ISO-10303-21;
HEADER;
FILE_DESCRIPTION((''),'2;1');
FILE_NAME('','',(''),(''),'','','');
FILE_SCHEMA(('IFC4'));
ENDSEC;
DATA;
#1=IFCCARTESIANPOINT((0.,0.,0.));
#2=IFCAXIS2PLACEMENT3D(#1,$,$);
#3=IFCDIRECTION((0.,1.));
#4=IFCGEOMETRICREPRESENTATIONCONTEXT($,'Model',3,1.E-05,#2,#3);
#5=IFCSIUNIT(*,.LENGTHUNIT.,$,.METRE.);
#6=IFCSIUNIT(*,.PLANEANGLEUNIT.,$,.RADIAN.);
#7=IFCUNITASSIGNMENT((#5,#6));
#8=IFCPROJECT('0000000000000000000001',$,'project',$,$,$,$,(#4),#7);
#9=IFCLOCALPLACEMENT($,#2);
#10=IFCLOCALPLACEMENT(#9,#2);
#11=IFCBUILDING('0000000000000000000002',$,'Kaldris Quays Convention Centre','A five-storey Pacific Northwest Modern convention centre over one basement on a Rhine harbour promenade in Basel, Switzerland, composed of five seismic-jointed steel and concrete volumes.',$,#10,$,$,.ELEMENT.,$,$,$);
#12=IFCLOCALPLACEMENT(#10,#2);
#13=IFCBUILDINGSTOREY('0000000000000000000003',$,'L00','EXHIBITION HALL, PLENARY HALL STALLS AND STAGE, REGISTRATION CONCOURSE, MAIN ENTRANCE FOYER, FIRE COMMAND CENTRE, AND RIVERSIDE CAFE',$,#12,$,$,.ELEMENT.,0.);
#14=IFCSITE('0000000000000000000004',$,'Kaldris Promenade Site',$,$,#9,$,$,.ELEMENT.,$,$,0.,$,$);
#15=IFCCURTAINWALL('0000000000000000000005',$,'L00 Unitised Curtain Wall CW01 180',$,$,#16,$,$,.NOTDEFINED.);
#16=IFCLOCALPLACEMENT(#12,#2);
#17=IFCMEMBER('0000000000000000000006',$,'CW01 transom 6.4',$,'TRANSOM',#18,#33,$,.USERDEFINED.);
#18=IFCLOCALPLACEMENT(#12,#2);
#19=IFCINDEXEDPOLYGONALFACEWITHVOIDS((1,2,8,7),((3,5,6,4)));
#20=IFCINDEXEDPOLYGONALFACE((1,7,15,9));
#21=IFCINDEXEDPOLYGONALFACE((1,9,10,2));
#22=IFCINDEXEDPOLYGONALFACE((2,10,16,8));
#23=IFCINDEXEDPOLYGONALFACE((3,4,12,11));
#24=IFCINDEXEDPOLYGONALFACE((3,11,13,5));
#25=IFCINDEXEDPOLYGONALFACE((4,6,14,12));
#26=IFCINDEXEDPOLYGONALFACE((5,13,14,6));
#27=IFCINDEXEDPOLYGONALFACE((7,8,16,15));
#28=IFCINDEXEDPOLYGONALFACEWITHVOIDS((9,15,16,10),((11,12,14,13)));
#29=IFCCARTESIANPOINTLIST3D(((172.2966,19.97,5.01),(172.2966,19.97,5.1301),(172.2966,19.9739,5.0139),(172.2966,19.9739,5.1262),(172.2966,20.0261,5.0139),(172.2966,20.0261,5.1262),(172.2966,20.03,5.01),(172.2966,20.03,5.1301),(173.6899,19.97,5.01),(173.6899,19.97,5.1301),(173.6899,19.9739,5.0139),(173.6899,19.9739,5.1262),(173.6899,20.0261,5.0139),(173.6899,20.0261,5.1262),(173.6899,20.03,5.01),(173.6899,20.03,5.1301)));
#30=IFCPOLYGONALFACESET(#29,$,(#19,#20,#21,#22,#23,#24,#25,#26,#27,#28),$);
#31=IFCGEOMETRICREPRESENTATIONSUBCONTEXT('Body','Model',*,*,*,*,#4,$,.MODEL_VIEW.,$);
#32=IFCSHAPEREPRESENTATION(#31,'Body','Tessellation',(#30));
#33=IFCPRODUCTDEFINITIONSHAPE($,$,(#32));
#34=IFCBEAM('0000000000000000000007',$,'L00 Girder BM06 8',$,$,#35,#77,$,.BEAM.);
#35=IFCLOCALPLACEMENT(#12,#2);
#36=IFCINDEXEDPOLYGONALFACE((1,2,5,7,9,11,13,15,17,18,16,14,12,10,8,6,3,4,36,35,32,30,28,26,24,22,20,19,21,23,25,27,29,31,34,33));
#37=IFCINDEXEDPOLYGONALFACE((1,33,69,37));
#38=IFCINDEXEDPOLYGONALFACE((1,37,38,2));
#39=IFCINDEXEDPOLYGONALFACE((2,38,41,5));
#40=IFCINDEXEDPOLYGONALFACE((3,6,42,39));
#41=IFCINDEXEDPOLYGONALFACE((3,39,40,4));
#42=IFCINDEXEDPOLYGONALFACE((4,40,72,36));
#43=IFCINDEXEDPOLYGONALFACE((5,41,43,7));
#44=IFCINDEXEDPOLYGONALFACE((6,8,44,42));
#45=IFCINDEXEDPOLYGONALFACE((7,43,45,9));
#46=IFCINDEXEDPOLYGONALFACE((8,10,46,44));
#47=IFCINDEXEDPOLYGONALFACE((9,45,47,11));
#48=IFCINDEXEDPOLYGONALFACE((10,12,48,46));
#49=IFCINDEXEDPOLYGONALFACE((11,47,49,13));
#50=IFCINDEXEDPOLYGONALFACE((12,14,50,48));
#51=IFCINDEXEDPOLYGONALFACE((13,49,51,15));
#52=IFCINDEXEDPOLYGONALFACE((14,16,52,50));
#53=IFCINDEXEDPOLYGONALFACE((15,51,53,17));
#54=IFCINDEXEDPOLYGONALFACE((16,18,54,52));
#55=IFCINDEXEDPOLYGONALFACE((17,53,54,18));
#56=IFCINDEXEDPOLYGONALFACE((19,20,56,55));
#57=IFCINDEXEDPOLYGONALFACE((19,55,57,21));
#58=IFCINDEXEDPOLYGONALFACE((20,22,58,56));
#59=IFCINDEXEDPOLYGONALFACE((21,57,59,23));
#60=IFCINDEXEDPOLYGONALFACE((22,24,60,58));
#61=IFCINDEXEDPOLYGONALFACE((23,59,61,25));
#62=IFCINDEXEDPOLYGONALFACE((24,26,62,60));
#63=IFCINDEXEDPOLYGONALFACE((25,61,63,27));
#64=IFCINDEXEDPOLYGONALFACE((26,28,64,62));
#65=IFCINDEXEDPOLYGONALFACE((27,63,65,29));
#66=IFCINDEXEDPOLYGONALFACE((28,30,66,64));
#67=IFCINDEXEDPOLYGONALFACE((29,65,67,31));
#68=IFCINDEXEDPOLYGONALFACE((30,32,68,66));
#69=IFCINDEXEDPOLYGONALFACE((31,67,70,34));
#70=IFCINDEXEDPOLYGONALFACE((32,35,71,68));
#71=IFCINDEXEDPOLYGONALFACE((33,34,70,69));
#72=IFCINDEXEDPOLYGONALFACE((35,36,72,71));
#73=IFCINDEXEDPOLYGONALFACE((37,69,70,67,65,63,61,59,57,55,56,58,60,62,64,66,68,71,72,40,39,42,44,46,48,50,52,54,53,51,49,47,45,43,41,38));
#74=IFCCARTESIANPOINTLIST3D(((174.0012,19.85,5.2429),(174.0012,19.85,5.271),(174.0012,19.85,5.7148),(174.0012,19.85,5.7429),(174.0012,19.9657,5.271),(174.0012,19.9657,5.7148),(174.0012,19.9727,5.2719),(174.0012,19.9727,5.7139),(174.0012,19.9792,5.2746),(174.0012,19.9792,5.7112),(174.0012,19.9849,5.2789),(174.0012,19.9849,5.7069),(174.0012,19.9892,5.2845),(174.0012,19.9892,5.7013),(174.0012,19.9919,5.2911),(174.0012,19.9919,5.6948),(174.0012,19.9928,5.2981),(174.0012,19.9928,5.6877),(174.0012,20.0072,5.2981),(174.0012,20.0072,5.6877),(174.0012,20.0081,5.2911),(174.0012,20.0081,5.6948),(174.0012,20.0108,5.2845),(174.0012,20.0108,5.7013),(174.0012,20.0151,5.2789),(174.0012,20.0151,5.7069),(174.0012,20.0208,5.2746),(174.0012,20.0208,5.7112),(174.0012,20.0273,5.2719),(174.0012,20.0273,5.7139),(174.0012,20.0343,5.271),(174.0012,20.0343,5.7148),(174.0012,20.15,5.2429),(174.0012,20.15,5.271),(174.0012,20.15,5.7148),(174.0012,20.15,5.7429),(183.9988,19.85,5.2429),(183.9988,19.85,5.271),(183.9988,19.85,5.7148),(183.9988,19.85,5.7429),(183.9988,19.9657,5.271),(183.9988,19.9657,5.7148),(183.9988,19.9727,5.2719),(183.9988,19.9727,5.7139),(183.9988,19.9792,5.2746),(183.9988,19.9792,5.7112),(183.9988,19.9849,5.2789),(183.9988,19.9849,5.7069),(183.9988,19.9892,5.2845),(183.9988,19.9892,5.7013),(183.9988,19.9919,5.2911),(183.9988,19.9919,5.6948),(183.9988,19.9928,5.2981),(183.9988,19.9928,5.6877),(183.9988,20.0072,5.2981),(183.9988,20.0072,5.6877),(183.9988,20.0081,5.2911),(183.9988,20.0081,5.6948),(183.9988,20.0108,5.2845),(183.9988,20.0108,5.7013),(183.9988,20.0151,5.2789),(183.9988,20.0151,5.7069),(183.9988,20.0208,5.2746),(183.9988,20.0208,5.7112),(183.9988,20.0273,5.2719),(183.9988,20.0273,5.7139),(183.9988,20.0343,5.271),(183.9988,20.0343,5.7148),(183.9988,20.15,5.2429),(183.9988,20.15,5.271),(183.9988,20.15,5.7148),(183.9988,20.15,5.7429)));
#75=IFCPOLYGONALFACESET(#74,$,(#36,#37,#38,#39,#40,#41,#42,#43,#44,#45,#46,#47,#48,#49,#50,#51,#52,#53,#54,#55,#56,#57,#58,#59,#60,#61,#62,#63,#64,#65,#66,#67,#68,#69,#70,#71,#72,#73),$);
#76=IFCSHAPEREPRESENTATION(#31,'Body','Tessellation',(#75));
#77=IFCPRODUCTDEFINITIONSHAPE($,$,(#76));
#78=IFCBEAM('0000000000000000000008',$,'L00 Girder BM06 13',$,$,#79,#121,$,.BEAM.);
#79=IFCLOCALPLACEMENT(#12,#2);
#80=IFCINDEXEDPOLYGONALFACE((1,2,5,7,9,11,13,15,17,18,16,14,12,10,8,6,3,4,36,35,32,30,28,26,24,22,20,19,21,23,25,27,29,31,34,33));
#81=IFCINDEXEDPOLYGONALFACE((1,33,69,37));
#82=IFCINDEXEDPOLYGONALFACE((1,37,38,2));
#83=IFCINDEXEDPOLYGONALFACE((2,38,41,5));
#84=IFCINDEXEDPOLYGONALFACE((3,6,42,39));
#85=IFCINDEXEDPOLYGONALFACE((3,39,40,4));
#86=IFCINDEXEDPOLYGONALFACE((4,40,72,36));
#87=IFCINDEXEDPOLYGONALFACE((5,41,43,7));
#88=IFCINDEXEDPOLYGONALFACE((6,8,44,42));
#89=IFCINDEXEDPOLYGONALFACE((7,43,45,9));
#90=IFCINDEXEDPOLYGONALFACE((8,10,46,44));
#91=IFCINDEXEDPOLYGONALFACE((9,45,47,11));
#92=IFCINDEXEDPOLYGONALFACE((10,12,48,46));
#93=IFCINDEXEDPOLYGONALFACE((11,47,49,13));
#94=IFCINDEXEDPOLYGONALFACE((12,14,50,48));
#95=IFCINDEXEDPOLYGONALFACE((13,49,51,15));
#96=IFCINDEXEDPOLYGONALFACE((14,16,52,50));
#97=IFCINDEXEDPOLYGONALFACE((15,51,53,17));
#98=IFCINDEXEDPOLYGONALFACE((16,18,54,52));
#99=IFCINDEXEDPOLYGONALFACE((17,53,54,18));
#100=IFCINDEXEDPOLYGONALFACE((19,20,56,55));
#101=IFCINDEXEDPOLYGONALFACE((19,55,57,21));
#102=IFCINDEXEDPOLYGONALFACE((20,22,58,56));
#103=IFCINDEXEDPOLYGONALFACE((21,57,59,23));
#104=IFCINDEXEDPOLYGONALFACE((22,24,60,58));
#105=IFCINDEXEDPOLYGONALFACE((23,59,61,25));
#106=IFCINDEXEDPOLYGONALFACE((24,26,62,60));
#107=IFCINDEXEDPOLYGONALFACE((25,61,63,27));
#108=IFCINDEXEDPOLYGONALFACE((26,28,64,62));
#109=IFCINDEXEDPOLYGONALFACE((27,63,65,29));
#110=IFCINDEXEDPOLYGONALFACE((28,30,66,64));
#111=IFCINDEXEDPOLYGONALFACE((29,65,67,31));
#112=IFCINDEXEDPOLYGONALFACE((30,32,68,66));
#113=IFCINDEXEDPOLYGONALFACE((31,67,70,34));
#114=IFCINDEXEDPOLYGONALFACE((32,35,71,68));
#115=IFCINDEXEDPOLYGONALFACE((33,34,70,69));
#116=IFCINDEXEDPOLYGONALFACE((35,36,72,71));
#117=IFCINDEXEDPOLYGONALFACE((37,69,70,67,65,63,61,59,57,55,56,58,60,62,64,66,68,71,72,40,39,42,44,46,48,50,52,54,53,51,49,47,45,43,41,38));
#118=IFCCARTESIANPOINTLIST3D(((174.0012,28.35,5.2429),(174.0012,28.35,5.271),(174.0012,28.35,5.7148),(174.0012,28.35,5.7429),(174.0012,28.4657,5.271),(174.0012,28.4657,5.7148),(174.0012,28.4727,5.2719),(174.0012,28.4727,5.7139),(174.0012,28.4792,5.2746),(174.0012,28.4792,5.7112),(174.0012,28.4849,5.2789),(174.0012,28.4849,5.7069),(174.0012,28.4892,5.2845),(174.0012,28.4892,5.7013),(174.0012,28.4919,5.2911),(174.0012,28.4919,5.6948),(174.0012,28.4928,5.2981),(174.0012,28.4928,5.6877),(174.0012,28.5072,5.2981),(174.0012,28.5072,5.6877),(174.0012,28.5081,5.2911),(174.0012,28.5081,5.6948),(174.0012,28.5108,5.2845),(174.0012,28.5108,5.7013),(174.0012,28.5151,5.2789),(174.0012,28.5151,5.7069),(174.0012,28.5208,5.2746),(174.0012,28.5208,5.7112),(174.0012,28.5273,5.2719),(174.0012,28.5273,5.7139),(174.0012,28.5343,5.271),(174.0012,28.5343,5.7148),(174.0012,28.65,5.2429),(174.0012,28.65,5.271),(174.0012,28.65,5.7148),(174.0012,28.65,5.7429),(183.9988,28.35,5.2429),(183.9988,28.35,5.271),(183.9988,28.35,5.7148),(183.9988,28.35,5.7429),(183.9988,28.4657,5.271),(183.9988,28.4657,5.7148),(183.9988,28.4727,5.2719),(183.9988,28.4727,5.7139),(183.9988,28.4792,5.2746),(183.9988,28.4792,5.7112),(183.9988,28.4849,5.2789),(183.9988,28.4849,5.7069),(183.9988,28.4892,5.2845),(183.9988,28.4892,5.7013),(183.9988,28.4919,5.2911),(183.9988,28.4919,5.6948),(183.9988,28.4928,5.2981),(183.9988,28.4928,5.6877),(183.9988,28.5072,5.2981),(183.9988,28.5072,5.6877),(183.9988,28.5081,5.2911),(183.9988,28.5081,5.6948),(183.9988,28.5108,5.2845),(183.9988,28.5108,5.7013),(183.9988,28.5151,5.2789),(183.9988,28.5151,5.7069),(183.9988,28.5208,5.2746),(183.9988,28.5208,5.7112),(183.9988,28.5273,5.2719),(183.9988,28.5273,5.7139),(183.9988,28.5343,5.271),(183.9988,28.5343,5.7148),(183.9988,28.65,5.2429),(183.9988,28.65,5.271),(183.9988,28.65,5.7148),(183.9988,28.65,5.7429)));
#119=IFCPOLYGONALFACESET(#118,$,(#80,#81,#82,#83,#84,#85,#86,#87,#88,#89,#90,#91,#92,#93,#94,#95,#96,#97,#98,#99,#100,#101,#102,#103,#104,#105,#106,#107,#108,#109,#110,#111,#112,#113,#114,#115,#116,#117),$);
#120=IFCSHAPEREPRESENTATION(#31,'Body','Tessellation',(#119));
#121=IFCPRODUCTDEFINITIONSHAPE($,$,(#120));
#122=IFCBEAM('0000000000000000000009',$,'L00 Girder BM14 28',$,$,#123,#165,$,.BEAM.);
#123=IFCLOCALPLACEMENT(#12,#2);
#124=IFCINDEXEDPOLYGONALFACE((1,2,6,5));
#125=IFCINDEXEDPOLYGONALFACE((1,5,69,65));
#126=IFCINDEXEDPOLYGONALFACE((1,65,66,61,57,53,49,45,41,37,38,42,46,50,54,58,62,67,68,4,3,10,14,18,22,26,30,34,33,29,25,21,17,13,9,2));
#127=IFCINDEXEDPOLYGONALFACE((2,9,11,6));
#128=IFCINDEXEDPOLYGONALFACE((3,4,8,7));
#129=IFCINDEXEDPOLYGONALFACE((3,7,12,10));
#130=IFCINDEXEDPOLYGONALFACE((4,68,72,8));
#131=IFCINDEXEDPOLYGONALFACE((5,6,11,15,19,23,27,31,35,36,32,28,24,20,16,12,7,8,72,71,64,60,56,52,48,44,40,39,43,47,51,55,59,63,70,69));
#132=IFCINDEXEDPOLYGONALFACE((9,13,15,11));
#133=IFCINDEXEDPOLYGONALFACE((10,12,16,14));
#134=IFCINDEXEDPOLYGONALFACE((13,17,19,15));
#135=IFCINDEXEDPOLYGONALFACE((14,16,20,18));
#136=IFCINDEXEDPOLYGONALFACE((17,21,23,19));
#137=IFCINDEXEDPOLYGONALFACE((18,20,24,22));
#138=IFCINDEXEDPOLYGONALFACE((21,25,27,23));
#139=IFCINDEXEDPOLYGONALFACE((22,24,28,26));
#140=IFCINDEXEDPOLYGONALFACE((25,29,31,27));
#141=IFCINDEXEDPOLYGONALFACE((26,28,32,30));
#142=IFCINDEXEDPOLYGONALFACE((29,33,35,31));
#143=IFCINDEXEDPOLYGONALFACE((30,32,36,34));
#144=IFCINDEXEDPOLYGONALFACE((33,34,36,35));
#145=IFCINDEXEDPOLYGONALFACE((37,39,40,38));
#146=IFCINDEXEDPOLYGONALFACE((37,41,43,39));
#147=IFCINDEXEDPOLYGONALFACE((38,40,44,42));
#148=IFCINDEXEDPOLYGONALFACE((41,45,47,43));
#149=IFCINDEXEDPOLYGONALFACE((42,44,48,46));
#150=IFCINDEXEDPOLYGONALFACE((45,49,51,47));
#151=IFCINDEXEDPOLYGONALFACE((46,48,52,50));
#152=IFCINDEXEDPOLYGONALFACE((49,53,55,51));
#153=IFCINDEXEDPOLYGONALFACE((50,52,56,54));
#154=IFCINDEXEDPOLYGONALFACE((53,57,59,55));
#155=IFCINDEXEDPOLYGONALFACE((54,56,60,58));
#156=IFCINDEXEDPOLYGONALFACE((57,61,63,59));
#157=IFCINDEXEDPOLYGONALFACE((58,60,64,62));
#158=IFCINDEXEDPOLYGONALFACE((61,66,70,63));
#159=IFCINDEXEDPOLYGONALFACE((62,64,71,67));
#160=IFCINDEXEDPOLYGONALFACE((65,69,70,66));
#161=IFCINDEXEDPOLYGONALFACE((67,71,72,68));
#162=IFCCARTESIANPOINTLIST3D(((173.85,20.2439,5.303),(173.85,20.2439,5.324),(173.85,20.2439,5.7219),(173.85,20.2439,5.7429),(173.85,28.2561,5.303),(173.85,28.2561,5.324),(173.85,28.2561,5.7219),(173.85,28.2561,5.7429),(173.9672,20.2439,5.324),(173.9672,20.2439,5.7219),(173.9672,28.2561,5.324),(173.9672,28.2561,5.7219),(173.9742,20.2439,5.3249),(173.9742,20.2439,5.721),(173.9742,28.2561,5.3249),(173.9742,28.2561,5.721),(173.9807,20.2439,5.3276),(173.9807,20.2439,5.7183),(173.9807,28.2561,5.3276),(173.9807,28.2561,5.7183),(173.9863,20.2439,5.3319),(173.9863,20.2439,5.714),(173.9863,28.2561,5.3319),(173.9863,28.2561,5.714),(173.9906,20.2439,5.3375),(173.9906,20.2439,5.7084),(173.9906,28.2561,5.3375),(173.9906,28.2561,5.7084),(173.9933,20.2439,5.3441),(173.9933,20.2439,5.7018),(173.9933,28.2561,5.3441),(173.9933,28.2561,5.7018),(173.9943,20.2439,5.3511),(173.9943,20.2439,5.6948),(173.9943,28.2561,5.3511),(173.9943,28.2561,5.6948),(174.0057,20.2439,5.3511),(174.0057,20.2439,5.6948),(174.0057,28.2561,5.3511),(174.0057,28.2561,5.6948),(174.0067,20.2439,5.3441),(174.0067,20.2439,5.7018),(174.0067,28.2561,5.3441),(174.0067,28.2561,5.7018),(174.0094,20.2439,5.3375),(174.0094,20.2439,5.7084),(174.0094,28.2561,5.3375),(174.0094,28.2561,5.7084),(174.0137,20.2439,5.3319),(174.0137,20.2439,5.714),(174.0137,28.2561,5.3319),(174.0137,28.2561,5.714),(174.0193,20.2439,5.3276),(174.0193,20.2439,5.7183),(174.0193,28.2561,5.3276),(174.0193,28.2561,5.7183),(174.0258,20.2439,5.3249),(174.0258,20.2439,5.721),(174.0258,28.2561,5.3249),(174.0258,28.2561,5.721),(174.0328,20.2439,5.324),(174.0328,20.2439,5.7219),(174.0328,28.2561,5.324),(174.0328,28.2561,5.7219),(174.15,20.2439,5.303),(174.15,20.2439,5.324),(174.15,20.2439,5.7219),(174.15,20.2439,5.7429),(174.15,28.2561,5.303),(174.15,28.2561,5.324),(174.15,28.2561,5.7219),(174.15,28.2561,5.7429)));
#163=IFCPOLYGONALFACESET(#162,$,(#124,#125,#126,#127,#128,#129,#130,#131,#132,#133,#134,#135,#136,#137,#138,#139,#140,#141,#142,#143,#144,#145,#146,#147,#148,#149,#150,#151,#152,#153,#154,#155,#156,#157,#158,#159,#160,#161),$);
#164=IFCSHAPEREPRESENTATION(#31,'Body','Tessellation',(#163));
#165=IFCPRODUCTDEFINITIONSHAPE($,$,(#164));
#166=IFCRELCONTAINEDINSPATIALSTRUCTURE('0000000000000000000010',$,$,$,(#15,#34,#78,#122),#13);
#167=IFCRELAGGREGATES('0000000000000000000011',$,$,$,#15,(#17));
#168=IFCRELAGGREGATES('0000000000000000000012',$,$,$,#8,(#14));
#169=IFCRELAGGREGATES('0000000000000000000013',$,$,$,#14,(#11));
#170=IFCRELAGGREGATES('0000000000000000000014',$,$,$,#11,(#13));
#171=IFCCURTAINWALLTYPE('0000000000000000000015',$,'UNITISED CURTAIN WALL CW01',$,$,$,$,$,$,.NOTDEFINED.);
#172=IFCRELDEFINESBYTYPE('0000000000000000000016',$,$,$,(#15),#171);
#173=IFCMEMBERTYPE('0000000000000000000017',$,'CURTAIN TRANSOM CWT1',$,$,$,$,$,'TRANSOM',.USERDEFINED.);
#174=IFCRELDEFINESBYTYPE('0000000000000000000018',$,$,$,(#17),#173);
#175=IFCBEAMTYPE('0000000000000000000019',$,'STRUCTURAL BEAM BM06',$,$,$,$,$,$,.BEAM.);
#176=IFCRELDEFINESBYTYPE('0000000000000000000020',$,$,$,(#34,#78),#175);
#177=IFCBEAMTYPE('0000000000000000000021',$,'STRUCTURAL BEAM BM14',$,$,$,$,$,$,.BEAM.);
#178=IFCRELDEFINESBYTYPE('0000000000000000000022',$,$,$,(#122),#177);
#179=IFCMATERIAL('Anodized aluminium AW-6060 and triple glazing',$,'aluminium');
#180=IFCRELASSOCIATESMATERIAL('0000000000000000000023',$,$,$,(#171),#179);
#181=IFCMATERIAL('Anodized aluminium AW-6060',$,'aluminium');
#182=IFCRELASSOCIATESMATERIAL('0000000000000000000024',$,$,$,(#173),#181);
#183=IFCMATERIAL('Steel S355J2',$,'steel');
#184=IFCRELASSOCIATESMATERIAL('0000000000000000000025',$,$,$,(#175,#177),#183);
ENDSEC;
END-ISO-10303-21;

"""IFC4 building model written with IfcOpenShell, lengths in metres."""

from ifc_helpers import new_model, si_unit, direction, frame, origin, origin_2d, place, context, subcontext, project, spatial, hollow_rectangle, i_section, extrude, material, material_profile, profile_set, type_object, element, aggregate, save


model = new_model("IFC4")

# Units and contexts
model_context = context("Model", 3, precision=1e-05, world=origin(), true_north=direction((0.0, 1.0)))
body_context = subcontext(model_context, "Body", "Model", "MODEL_VIEW")
ifc_project = project(units=[si_unit("LENGTHUNIT", "METRE"), si_unit("PLANEANGLEUNIT", "RADIAN")], contexts=[model_context])

# Site, building, storey
site_placement = place(None, origin())
site = spatial("IfcSite", under=ifc_project, at=site_placement, Name="Kaldris Promenade Site", CompositionType="ELEMENT", RefElevation=0.0)
building_placement = place(site_placement, origin())
building = spatial("IfcBuilding", under=site, at=building_placement, Name="Kaldris Quays Convention Centre", Description="A five-storey Pacific Northwest Modern convention centre over one basement on a Rhine harbour promenade in Basel, Switzerland, composed of five seismic-jointed steel and concrete volumes.", CompositionType="ELEMENT")
storey_placement = place(building_placement, origin())
storey = spatial("IfcBuildingStorey", under=building, at=storey_placement, Name="L00", Description="EXHIBITION HALL, PLENARY HALL STALLS AND STAGE, REGISTRATION CONCOURSE, MAIN ENTRANCE FOYER, FIRE COMMAND CENTRE, AND RIVERSIDE CAFE", CompositionType="ELEMENT", Elevation=0.0)

# Shared definitions
ifc_material_1 = material(Name="Steel S355J2", Category="steel")

# Curtain wall, member
ifc_material_2 = material(Name="Anodized aluminium AW-6060 and triple glazing", Category="aluminium")
curtain_wall_type = type_object("IfcCurtainWallType", Name="UNITISED CURTAIN WALL CW01", PredefinedType="NOTDEFINED", material=ifc_material_2)
curtain_wall_placement = place(storey_placement, origin())
curtain_wall = element("IfcCurtainWall", 1, at=curtain_wall_placement, inside=storey, type_object=curtain_wall_type, Name="L00 Unitised Curtain Wall CW01 180", PredefinedType="NOTDEFINED")
ifc_material_3 = material(Name="Anodized aluminium AW-6060", Category="aluminium")
ifc_material_profile_1 = material_profile(ifc_material_3, hollow_rectangle(XDim=0.0601, YDim=0.1201, WallThickness=0.0039, at=origin_2d()), Name="RHS 120x60x4")
ifc_profile_set_1 = profile_set([ifc_material_profile_1], Name="Anodized aluminium AW-6060")
member_type_1 = type_object("IfcMemberType", Name="CURTAIN TRANSOM CWT1", ElementType="TRANSOM", PredefinedType="USERDEFINED", material=ifc_profile_set_1)
member_1_placement = place(storey_placement, frame((172.2966, 20.0, 5.0701), z_axis=(1.0, 0.0, 0.0), x_axis=(0.0, 1.0, 0.0)))
member_1 = element("IfcMember", 2, at=member_1_placement, type_object=member_type_1, Name="CW01 transom 6.4", ObjectType="TRANSOM", PredefinedType="USERDEFINED", context=body_context, shape_type="SweptSolid", body=[
    extrude(hollow_rectangle(XDim=0.0601, YDim=0.1201, WallThickness=0.0039, at=origin_2d()), origin(), (0.0, 0.0, 1.0), 1.3933),
])

# Beams
ifc_material_profile_2 = material_profile(ifc_material_1, i_section(OverallWidth=0.3, OverallDepth=0.5, WebThickness=0.0144, FlangeThickness=0.0281, FilletRadius=0.0271, at=origin_2d()), Name="HEB 500")
ifc_profile_set_2 = profile_set([ifc_material_profile_2], Name="Steel S355J2")
beam_type_1 = type_object("IfcBeamType", Name="STRUCTURAL BEAM BM06", PredefinedType="BEAM", material=ifc_profile_set_2)
for number, where, z_axis, x_axis, name in (
    (3, (174.0012, 20.0, 5.4929), (1.0, 0.0, 0.0), (0.0, 1.0, 0.0), "L00 Girder BM06 8"),
    (4, (174.0012, 28.5, 5.4929), (1.0, 0.0, 0.0), (0.0, 1.0, 0.0), "L00 Girder BM06 13"),
):
    element("IfcBeam", number, at=place(storey_placement, frame(where, z_axis=z_axis, x_axis=x_axis)), inside=storey, type_object=beam_type_1, Name=name, PredefinedType="BEAM", context=body_context, shape_type="SweptSolid", body=[
        extrude(i_section(OverallWidth=0.3, OverallDepth=0.5, WebThickness=0.0144, FlangeThickness=0.0281, FilletRadius=0.0271, at=origin_2d()), origin(), (0.0, 0.0, 1.0), 9.9976),
    ])
ifc_material_profile_3 = material_profile(ifc_material_1, i_section(OverallWidth=0.3, OverallDepth=0.4399, WebThickness=0.0115, FlangeThickness=0.021, FilletRadius=0.0271, at=origin_2d()), Name="HEA 450")
ifc_profile_set_3 = profile_set([ifc_material_profile_3], Name="Steel S355J2")
beam_type_2 = type_object("IfcBeamType", Name="STRUCTURAL BEAM BM14", PredefinedType="BEAM", material=ifc_profile_set_3)
beam_1_placement = place(storey_placement, frame((174.0, 20.2439, 5.5229), z_axis=(0.0, 1.0, 0.0), x_axis=(-1.0, 0.0, 0.0)))
element("IfcBeam", 5, at=beam_1_placement, inside=storey, type_object=beam_type_2, Name="L00 Girder BM14 28", PredefinedType="BEAM", context=body_context, shape_type="SweptSolid", body=[
    extrude(i_section(OverallWidth=0.3, OverallDepth=0.4399, WebThickness=0.0115, FlangeThickness=0.021, FilletRadius=0.0271, at=origin_2d()), origin(), (0.0, 0.0, 1.0), 8.0122),
])

aggregate(curtain_wall, [member_1])

save(model, "model.ifc")
